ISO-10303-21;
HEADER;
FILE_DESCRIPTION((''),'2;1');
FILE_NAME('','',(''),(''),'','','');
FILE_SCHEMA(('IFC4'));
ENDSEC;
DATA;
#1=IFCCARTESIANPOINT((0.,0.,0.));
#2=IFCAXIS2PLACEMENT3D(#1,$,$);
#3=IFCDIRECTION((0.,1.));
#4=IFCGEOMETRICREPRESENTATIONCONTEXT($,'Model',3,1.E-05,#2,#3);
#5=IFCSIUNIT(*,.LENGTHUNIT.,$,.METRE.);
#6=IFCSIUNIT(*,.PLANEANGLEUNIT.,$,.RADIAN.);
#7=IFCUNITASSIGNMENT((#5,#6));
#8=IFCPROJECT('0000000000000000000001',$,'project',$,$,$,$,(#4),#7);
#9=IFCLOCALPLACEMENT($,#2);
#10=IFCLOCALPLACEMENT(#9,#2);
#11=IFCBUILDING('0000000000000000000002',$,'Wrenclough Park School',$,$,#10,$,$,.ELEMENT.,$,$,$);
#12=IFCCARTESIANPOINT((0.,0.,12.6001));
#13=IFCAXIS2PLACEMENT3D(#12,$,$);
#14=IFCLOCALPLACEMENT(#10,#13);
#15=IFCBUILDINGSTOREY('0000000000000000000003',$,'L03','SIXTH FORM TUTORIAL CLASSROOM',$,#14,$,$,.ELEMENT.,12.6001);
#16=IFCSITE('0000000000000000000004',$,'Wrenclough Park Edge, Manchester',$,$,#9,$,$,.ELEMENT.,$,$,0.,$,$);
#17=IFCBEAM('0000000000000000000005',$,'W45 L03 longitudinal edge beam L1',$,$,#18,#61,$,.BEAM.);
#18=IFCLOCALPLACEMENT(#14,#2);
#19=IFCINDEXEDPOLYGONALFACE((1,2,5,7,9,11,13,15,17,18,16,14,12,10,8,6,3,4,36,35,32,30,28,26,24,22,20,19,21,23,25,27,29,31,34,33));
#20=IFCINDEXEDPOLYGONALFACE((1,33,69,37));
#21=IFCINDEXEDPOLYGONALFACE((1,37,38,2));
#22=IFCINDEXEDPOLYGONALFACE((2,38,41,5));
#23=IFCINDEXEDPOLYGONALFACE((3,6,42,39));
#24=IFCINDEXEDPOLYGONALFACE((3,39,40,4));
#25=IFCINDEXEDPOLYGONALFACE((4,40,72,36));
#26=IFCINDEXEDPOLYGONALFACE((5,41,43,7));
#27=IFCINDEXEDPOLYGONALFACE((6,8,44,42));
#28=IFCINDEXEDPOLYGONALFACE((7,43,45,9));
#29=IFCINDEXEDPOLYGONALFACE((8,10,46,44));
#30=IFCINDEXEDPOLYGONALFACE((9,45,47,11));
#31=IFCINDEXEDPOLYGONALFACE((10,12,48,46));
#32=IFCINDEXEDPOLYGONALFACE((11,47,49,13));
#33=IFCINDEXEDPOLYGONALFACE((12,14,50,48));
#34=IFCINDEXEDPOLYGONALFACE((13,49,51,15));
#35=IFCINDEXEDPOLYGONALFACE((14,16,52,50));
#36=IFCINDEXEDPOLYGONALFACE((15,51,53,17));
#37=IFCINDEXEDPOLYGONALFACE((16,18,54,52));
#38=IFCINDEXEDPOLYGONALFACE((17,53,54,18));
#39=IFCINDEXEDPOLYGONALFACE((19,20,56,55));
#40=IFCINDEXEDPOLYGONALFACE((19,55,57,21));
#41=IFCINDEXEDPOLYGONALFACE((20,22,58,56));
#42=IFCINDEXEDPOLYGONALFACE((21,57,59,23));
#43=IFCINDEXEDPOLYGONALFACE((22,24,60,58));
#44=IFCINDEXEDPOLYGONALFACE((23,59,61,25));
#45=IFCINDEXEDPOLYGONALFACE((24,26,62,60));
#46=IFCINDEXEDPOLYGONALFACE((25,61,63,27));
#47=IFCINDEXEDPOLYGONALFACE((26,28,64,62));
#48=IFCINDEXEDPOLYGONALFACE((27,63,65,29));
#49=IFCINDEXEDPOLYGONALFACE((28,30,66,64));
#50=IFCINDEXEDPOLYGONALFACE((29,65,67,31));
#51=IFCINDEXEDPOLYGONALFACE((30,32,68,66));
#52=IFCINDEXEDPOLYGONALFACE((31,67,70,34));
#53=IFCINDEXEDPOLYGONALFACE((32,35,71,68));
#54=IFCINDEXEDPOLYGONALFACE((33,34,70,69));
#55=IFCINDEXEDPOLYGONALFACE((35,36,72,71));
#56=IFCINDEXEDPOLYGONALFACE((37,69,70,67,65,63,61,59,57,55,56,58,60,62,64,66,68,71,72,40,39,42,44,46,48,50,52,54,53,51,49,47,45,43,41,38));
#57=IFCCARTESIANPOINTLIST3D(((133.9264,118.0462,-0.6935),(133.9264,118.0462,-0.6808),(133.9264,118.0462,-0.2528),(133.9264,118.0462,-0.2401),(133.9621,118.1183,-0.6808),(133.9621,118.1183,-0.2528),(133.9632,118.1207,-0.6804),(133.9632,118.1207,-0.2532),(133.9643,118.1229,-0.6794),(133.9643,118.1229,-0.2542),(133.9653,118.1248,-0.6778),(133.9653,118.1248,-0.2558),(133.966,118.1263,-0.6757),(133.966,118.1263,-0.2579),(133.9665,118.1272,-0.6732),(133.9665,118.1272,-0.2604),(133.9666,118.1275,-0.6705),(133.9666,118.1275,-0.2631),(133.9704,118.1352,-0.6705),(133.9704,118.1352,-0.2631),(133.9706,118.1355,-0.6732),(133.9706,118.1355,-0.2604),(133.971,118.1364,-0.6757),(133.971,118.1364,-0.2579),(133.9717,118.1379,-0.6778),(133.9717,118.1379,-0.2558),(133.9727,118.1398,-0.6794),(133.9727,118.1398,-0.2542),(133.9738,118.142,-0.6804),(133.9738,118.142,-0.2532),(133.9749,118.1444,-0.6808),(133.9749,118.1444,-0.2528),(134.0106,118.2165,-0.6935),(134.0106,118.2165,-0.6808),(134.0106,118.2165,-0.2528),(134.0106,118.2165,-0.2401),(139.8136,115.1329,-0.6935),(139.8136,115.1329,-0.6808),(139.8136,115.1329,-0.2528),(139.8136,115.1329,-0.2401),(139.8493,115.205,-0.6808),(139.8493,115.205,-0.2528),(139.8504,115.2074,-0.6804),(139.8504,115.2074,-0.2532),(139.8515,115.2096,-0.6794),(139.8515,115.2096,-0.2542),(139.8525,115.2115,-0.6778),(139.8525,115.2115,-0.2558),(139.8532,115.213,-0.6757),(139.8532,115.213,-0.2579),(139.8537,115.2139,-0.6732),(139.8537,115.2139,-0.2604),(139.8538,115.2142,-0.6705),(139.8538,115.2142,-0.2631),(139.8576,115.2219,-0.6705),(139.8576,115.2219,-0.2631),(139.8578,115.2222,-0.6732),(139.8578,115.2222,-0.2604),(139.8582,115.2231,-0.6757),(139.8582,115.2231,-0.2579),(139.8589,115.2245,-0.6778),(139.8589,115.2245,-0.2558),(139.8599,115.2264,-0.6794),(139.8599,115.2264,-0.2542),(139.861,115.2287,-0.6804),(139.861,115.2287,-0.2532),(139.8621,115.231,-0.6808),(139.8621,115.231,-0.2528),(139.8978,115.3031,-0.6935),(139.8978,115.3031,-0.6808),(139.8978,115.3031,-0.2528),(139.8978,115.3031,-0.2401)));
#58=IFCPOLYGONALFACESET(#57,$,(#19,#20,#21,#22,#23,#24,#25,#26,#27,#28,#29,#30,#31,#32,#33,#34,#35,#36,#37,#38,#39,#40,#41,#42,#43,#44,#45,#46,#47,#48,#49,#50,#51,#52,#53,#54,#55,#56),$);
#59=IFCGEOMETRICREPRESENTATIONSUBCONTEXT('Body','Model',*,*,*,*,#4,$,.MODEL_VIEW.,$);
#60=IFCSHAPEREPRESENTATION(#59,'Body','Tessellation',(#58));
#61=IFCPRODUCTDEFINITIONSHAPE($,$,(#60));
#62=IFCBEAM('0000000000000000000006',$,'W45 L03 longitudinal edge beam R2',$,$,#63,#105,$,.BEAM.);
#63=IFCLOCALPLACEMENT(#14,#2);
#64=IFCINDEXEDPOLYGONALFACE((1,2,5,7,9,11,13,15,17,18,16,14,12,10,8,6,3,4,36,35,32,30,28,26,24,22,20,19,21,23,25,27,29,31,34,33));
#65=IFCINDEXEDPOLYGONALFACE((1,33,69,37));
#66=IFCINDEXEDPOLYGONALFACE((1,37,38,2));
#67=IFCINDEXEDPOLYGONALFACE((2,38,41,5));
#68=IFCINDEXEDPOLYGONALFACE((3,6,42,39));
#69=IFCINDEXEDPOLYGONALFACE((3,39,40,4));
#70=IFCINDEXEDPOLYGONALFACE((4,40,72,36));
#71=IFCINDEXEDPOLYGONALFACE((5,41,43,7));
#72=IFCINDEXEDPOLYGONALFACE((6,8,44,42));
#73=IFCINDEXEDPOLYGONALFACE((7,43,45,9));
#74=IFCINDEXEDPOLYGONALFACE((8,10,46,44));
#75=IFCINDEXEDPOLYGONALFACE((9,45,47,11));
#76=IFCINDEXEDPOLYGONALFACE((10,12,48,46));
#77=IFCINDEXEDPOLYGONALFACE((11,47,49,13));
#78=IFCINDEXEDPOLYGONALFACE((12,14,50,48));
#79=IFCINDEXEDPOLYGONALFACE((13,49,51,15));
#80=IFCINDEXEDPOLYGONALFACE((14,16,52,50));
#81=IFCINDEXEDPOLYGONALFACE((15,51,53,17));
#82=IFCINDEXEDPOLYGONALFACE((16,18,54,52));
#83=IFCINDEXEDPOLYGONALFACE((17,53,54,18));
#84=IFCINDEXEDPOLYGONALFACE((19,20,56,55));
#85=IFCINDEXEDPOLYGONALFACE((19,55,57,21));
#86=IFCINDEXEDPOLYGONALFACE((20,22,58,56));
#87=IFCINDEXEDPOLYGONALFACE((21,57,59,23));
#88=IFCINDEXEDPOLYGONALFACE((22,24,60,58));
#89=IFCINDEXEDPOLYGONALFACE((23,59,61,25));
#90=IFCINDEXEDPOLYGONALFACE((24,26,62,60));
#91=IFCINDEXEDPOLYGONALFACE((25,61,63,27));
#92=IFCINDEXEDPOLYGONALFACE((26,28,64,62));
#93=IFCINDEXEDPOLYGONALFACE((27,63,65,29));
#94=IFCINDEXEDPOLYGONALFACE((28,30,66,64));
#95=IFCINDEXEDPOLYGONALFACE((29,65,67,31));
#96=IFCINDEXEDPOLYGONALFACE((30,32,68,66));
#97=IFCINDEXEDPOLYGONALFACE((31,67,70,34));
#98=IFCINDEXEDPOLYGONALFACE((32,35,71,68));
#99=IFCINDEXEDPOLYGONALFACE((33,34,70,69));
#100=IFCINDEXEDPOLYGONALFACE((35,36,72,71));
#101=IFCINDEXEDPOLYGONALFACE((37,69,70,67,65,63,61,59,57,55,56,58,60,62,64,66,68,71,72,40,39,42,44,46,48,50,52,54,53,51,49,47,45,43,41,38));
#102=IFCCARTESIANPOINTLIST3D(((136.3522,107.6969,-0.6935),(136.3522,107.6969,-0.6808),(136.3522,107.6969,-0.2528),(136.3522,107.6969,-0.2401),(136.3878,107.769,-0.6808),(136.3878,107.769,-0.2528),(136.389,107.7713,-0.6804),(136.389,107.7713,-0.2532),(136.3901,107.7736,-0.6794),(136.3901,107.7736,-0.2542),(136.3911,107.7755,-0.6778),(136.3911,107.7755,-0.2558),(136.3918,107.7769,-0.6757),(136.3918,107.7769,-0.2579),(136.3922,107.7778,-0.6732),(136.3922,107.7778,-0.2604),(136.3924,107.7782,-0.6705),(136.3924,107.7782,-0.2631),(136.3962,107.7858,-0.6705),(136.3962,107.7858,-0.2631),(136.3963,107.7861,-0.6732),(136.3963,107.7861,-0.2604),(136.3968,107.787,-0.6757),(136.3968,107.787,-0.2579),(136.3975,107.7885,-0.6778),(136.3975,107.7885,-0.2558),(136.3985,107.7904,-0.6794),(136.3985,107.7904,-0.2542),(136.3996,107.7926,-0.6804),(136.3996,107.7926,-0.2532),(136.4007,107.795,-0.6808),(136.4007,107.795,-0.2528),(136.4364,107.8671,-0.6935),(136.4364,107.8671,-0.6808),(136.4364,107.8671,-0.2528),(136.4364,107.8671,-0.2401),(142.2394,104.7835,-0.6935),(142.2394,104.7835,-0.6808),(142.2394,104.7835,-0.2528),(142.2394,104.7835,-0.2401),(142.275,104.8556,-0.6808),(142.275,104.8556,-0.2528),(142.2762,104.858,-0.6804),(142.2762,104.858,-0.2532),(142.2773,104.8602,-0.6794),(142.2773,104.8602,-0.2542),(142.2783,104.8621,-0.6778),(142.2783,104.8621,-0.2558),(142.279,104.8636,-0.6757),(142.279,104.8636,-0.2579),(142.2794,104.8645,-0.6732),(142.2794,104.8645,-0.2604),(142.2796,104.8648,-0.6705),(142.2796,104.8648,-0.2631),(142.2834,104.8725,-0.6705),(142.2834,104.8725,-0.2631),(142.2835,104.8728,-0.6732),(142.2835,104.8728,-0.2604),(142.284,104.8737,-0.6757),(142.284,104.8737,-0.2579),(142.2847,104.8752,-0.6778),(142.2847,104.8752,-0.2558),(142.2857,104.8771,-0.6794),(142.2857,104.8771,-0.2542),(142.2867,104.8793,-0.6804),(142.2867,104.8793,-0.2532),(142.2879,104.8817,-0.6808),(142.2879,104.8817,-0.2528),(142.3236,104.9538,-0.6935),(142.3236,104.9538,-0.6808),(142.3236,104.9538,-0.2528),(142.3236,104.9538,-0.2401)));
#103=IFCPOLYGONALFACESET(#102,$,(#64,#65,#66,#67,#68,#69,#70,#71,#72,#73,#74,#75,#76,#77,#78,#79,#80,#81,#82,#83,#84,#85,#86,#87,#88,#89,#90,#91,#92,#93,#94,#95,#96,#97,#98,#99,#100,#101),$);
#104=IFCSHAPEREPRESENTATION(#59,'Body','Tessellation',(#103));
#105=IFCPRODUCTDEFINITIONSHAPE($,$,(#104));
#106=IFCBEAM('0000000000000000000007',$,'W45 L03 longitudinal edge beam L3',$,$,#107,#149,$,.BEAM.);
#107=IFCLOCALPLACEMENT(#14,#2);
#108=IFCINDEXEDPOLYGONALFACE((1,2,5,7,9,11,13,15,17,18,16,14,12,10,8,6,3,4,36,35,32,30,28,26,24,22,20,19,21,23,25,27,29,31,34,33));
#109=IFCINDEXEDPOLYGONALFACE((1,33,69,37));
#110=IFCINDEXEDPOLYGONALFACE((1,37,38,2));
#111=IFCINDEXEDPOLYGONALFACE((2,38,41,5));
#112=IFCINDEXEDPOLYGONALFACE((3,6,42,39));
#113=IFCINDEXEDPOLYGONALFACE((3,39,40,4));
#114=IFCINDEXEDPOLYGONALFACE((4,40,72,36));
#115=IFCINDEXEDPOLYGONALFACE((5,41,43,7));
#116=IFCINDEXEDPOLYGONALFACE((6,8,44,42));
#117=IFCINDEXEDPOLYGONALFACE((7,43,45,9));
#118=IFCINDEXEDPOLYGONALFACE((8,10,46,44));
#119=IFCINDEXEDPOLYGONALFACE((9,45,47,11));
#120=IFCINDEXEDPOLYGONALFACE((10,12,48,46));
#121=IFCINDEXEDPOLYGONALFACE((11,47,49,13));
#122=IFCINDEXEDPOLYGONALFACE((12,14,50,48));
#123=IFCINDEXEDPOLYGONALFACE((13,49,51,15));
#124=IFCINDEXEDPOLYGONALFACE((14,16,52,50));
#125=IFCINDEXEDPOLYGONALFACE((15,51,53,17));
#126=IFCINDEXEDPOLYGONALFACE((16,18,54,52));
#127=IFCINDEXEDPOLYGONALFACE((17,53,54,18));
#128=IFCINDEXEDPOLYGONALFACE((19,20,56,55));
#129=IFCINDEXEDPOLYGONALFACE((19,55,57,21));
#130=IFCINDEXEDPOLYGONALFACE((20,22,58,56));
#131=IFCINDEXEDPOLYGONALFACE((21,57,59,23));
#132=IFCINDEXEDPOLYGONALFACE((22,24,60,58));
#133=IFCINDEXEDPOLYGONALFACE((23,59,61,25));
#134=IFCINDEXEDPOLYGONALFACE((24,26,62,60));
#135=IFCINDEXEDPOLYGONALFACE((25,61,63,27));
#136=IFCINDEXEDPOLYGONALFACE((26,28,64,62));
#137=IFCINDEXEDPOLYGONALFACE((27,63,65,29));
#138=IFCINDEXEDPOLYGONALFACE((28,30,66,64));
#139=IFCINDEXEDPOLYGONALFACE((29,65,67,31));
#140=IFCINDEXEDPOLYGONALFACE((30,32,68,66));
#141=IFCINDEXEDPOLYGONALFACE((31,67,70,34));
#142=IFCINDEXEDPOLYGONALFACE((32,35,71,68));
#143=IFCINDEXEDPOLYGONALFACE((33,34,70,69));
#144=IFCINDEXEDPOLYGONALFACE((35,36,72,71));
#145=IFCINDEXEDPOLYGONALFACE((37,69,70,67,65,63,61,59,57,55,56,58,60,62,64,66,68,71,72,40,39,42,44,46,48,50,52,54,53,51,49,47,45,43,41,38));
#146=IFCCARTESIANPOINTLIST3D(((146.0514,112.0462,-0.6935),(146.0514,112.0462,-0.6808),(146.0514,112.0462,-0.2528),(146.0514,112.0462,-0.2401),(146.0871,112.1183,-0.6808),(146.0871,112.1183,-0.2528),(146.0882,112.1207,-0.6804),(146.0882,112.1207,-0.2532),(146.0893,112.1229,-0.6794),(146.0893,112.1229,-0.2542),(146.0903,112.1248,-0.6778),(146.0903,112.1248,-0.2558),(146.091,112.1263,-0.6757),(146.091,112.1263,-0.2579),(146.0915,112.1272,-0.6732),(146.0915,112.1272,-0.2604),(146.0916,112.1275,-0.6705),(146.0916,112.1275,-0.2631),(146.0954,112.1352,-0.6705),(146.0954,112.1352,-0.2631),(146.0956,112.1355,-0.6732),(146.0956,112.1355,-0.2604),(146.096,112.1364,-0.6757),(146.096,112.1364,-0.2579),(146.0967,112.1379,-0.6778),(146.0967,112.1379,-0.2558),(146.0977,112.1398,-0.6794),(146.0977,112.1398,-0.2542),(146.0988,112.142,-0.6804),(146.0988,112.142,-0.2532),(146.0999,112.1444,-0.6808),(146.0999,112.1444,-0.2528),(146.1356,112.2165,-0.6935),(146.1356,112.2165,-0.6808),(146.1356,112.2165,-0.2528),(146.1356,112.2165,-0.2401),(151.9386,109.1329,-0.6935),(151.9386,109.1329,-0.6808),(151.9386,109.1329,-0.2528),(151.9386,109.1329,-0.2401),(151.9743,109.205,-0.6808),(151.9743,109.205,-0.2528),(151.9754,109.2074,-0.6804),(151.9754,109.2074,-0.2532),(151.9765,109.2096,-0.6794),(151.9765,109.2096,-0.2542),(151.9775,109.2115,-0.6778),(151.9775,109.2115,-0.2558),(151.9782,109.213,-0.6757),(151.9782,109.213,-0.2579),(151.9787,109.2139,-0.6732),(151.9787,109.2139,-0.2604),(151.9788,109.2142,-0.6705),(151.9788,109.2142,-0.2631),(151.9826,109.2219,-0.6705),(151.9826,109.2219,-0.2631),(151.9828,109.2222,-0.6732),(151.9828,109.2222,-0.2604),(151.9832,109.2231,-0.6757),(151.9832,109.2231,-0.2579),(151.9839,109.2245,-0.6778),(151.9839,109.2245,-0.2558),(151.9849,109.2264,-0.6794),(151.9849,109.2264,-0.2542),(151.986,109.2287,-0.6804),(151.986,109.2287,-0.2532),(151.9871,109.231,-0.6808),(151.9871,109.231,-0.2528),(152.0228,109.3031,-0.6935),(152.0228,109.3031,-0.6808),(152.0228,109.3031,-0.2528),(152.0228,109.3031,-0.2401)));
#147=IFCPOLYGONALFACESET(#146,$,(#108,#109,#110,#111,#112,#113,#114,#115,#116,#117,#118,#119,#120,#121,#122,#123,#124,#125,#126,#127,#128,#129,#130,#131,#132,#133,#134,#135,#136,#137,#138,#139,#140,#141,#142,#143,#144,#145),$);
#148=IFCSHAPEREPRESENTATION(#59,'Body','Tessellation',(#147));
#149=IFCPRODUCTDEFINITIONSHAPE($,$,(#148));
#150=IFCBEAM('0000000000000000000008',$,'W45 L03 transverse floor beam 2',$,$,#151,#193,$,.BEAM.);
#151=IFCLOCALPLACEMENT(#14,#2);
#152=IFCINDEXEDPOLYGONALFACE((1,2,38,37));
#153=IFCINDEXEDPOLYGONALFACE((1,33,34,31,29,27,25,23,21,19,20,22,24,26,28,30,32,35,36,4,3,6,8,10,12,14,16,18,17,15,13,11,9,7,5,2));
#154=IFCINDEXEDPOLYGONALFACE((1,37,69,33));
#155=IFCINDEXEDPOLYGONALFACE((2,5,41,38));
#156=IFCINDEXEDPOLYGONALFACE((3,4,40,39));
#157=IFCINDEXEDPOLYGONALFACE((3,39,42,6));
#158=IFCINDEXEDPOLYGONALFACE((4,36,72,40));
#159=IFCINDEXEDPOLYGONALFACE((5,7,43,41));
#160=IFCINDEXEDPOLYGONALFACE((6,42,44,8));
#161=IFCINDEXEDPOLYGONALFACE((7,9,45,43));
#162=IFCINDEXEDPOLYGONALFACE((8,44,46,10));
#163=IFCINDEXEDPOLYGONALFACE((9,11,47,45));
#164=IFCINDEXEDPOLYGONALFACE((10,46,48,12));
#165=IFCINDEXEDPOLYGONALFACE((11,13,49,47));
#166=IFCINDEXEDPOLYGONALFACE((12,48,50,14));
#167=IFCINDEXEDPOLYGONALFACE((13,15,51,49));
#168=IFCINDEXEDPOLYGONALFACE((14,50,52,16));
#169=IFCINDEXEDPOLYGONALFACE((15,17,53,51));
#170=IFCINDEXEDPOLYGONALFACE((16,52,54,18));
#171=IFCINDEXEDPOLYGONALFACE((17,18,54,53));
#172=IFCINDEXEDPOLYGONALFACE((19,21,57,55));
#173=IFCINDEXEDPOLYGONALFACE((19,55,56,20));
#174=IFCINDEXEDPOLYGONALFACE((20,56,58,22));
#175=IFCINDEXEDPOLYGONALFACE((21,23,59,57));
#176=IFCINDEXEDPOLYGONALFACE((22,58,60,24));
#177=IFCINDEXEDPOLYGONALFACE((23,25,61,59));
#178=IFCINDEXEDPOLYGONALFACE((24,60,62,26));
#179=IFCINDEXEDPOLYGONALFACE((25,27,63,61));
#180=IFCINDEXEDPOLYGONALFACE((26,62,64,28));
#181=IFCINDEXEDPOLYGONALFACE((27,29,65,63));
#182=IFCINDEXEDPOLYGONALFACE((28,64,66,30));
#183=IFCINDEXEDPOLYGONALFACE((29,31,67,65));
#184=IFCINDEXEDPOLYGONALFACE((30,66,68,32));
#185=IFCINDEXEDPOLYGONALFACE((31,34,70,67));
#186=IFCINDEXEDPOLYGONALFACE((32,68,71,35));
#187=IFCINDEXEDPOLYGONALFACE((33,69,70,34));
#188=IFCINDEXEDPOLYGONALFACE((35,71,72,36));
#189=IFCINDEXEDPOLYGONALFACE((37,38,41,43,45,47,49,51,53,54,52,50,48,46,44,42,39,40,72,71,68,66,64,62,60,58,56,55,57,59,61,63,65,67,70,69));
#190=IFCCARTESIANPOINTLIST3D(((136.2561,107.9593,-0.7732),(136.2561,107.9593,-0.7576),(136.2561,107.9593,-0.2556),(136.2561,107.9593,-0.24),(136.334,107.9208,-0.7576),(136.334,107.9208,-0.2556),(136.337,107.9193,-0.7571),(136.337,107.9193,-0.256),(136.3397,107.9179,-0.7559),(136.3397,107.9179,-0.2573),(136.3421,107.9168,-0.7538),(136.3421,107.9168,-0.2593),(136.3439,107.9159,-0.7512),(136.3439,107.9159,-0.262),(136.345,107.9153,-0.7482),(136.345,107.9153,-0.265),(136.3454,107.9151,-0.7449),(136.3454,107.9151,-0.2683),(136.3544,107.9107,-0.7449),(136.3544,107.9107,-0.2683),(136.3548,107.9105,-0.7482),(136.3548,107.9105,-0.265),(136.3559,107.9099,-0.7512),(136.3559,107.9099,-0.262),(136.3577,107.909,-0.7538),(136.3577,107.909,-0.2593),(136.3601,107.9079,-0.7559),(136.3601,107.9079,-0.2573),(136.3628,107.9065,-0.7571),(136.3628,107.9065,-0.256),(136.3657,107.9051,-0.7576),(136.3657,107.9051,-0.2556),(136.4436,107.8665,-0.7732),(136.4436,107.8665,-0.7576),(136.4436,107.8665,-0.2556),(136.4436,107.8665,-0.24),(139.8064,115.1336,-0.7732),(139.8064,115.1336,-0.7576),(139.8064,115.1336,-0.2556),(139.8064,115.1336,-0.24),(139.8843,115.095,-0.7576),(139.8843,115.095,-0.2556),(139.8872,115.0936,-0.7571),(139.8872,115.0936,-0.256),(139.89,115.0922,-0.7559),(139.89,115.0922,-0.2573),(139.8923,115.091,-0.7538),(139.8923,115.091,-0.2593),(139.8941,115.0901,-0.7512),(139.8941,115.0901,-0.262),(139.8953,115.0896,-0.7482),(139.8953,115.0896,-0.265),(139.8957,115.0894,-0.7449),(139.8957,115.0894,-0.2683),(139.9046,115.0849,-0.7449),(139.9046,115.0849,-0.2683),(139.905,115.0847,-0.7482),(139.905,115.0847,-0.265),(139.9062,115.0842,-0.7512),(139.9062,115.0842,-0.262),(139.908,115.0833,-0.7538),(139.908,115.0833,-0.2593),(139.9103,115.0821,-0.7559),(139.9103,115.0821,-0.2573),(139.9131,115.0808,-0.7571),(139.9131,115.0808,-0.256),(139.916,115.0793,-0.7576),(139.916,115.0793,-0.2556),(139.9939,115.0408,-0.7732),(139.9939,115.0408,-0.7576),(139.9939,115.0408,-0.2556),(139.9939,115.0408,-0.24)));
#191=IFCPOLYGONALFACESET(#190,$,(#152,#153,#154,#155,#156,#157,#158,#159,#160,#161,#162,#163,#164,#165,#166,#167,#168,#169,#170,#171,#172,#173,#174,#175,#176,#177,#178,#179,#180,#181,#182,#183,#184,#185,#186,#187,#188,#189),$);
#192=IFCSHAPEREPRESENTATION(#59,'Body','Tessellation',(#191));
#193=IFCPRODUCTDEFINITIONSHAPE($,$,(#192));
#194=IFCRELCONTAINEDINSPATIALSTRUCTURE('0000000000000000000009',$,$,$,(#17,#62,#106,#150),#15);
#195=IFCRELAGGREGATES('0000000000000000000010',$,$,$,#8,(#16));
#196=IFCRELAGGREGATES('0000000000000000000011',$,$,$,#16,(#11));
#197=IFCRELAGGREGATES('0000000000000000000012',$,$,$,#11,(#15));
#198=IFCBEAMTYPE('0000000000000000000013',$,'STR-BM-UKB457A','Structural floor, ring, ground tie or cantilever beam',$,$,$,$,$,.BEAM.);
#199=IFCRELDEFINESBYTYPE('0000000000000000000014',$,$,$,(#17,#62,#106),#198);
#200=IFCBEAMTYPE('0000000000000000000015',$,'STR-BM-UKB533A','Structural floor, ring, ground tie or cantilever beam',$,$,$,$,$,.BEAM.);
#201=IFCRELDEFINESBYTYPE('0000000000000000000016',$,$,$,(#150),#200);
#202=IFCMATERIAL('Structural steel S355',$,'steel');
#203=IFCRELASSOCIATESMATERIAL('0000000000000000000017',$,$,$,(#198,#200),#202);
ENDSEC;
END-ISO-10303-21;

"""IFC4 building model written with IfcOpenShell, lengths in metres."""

from ifc_helpers import new_model, si_unit, direction, frame, origin, origin_2d, place, context, subcontext, project, spatial, i_section, extrude, material, material_profile, profile_set, type_object, element, save


model = new_model("IFC4")

# Units and contexts
model_context = context("Model", 3, precision=1e-05, world=origin(), true_north=direction((0.0, 1.0)))
body_context = subcontext(model_context, "Body", "Model", "MODEL_VIEW")
ifc_project = project(units=[si_unit("LENGTHUNIT", "METRE"), si_unit("PLANEANGLEUNIT", "RADIAN")], contexts=[model_context])

# Site, building, storey
site_placement = place(None, origin())
site = spatial("IfcSite", under=ifc_project, at=site_placement, Name="Wrenclough Park Edge, Manchester", CompositionType="ELEMENT", RefElevation=0.0)
building_placement = place(site_placement, origin())
building = spatial("IfcBuilding", under=site, at=building_placement, Name="Wrenclough Park School", CompositionType="ELEMENT")
storey_placement = place(building_placement, frame((0.0, 0.0, 12.6001)))
storey = spatial("IfcBuildingStorey", under=building, at=storey_placement, Name="L03", Description="SIXTH FORM TUTORIAL CLASSROOM", CompositionType="ELEMENT", Elevation=12.6001)

# Shared definitions
ifc_material_1 = material(Name="Structural steel S355", Category="steel")

# Beams
ifc_material_profile_1 = material_profile(ifc_material_1, i_section(OverallWidth=0.1899, OverallDepth=0.4534, WebThickness=0.0085, FlangeThickness=0.0127, FilletRadius=0.0103, at=origin_2d()), Name="UKB 457x191x67")
ifc_profile_set_1 = profile_set([ifc_material_profile_1], Name="Structural steel S355")
beam_type_1 = type_object("IfcBeamType", Name="STR-BM-UKB457A", Description="Structural floor, ring, ground tie or cantilever beam", PredefinedType="BEAM", material=ifc_profile_set_1)
for number, where, z_axis, x_axis, name in (
    (1, (133.9685, 118.1313, -0.4668), (0.896263, -0.443523, 0.0), (0.443523, 0.896263, 0.0), "W45 L03 longitudinal edge beam L1"),
    (2, (136.3943, 107.782, -0.4668), (0.896263, -0.443523, 0.0), (0.443523, 0.896263, 0.0), "W45 L03 longitudinal edge beam R2"),
    (3, (146.0935, 112.1313, -0.4668), (0.896263, -0.443523, 0.0), (0.443523, 0.896263, 0.0), "W45 L03 longitudinal edge beam L3"),
):
    element("IfcBeam", number, at=place(storey_placement, frame(where, z_axis=z_axis, x_axis=x_axis)), inside=storey, type_object=beam_type_1, Name=name, PredefinedType="BEAM", context=body_context, shape_type="SweptSolid", body=[
        extrude(i_section(OverallWidth=0.1899, OverallDepth=0.4534, WebThickness=0.0085, FlangeThickness=0.0127, FilletRadius=0.0103, at=origin_2d()), origin(), (0.0, 0.0, 1.0), 6.5686),
    ])
ifc_material_profile_2 = material_profile(ifc_material_1, i_section(OverallWidth=0.2092, OverallDepth=0.5332, WebThickness=0.01, FlangeThickness=0.0156, FilletRadius=0.0127, at=origin_2d()), Name="UKB 533x210x92")
ifc_profile_set_2 = profile_set([ifc_material_profile_2], Name="Structural steel S355")
beam_type_2 = type_object("IfcBeamType", Name="STR-BM-UKB533A", Description="Structural floor, ring, ground tie or cantilever beam", PredefinedType="BEAM", material=ifc_profile_set_2)
for number, where, z_axis, x_axis, name in (
    (4, (139.9001, 115.0872, -0.5066), (-0.443525, -0.896262, 0.0), (0.896262, -0.443525, 0.0), "W45 L03 transverse floor beam 2"),
):
    element("IfcBeam", number, at=place(storey_placement, frame(where, z_axis=z_axis, x_axis=x_axis)), inside=storey, type_object=beam_type_2, Name=name, PredefinedType="BEAM", context=body_context, shape_type="SweptSolid", body=[
        extrude(i_section(OverallWidth=0.2092, OverallDepth=0.5332, WebThickness=0.01, FlangeThickness=0.0156, FilletRadius=0.0127, at=origin_2d()), origin(), (0.0, 0.0, 1.0), 8.0046),
    ])

save(model, "model.ifc")
